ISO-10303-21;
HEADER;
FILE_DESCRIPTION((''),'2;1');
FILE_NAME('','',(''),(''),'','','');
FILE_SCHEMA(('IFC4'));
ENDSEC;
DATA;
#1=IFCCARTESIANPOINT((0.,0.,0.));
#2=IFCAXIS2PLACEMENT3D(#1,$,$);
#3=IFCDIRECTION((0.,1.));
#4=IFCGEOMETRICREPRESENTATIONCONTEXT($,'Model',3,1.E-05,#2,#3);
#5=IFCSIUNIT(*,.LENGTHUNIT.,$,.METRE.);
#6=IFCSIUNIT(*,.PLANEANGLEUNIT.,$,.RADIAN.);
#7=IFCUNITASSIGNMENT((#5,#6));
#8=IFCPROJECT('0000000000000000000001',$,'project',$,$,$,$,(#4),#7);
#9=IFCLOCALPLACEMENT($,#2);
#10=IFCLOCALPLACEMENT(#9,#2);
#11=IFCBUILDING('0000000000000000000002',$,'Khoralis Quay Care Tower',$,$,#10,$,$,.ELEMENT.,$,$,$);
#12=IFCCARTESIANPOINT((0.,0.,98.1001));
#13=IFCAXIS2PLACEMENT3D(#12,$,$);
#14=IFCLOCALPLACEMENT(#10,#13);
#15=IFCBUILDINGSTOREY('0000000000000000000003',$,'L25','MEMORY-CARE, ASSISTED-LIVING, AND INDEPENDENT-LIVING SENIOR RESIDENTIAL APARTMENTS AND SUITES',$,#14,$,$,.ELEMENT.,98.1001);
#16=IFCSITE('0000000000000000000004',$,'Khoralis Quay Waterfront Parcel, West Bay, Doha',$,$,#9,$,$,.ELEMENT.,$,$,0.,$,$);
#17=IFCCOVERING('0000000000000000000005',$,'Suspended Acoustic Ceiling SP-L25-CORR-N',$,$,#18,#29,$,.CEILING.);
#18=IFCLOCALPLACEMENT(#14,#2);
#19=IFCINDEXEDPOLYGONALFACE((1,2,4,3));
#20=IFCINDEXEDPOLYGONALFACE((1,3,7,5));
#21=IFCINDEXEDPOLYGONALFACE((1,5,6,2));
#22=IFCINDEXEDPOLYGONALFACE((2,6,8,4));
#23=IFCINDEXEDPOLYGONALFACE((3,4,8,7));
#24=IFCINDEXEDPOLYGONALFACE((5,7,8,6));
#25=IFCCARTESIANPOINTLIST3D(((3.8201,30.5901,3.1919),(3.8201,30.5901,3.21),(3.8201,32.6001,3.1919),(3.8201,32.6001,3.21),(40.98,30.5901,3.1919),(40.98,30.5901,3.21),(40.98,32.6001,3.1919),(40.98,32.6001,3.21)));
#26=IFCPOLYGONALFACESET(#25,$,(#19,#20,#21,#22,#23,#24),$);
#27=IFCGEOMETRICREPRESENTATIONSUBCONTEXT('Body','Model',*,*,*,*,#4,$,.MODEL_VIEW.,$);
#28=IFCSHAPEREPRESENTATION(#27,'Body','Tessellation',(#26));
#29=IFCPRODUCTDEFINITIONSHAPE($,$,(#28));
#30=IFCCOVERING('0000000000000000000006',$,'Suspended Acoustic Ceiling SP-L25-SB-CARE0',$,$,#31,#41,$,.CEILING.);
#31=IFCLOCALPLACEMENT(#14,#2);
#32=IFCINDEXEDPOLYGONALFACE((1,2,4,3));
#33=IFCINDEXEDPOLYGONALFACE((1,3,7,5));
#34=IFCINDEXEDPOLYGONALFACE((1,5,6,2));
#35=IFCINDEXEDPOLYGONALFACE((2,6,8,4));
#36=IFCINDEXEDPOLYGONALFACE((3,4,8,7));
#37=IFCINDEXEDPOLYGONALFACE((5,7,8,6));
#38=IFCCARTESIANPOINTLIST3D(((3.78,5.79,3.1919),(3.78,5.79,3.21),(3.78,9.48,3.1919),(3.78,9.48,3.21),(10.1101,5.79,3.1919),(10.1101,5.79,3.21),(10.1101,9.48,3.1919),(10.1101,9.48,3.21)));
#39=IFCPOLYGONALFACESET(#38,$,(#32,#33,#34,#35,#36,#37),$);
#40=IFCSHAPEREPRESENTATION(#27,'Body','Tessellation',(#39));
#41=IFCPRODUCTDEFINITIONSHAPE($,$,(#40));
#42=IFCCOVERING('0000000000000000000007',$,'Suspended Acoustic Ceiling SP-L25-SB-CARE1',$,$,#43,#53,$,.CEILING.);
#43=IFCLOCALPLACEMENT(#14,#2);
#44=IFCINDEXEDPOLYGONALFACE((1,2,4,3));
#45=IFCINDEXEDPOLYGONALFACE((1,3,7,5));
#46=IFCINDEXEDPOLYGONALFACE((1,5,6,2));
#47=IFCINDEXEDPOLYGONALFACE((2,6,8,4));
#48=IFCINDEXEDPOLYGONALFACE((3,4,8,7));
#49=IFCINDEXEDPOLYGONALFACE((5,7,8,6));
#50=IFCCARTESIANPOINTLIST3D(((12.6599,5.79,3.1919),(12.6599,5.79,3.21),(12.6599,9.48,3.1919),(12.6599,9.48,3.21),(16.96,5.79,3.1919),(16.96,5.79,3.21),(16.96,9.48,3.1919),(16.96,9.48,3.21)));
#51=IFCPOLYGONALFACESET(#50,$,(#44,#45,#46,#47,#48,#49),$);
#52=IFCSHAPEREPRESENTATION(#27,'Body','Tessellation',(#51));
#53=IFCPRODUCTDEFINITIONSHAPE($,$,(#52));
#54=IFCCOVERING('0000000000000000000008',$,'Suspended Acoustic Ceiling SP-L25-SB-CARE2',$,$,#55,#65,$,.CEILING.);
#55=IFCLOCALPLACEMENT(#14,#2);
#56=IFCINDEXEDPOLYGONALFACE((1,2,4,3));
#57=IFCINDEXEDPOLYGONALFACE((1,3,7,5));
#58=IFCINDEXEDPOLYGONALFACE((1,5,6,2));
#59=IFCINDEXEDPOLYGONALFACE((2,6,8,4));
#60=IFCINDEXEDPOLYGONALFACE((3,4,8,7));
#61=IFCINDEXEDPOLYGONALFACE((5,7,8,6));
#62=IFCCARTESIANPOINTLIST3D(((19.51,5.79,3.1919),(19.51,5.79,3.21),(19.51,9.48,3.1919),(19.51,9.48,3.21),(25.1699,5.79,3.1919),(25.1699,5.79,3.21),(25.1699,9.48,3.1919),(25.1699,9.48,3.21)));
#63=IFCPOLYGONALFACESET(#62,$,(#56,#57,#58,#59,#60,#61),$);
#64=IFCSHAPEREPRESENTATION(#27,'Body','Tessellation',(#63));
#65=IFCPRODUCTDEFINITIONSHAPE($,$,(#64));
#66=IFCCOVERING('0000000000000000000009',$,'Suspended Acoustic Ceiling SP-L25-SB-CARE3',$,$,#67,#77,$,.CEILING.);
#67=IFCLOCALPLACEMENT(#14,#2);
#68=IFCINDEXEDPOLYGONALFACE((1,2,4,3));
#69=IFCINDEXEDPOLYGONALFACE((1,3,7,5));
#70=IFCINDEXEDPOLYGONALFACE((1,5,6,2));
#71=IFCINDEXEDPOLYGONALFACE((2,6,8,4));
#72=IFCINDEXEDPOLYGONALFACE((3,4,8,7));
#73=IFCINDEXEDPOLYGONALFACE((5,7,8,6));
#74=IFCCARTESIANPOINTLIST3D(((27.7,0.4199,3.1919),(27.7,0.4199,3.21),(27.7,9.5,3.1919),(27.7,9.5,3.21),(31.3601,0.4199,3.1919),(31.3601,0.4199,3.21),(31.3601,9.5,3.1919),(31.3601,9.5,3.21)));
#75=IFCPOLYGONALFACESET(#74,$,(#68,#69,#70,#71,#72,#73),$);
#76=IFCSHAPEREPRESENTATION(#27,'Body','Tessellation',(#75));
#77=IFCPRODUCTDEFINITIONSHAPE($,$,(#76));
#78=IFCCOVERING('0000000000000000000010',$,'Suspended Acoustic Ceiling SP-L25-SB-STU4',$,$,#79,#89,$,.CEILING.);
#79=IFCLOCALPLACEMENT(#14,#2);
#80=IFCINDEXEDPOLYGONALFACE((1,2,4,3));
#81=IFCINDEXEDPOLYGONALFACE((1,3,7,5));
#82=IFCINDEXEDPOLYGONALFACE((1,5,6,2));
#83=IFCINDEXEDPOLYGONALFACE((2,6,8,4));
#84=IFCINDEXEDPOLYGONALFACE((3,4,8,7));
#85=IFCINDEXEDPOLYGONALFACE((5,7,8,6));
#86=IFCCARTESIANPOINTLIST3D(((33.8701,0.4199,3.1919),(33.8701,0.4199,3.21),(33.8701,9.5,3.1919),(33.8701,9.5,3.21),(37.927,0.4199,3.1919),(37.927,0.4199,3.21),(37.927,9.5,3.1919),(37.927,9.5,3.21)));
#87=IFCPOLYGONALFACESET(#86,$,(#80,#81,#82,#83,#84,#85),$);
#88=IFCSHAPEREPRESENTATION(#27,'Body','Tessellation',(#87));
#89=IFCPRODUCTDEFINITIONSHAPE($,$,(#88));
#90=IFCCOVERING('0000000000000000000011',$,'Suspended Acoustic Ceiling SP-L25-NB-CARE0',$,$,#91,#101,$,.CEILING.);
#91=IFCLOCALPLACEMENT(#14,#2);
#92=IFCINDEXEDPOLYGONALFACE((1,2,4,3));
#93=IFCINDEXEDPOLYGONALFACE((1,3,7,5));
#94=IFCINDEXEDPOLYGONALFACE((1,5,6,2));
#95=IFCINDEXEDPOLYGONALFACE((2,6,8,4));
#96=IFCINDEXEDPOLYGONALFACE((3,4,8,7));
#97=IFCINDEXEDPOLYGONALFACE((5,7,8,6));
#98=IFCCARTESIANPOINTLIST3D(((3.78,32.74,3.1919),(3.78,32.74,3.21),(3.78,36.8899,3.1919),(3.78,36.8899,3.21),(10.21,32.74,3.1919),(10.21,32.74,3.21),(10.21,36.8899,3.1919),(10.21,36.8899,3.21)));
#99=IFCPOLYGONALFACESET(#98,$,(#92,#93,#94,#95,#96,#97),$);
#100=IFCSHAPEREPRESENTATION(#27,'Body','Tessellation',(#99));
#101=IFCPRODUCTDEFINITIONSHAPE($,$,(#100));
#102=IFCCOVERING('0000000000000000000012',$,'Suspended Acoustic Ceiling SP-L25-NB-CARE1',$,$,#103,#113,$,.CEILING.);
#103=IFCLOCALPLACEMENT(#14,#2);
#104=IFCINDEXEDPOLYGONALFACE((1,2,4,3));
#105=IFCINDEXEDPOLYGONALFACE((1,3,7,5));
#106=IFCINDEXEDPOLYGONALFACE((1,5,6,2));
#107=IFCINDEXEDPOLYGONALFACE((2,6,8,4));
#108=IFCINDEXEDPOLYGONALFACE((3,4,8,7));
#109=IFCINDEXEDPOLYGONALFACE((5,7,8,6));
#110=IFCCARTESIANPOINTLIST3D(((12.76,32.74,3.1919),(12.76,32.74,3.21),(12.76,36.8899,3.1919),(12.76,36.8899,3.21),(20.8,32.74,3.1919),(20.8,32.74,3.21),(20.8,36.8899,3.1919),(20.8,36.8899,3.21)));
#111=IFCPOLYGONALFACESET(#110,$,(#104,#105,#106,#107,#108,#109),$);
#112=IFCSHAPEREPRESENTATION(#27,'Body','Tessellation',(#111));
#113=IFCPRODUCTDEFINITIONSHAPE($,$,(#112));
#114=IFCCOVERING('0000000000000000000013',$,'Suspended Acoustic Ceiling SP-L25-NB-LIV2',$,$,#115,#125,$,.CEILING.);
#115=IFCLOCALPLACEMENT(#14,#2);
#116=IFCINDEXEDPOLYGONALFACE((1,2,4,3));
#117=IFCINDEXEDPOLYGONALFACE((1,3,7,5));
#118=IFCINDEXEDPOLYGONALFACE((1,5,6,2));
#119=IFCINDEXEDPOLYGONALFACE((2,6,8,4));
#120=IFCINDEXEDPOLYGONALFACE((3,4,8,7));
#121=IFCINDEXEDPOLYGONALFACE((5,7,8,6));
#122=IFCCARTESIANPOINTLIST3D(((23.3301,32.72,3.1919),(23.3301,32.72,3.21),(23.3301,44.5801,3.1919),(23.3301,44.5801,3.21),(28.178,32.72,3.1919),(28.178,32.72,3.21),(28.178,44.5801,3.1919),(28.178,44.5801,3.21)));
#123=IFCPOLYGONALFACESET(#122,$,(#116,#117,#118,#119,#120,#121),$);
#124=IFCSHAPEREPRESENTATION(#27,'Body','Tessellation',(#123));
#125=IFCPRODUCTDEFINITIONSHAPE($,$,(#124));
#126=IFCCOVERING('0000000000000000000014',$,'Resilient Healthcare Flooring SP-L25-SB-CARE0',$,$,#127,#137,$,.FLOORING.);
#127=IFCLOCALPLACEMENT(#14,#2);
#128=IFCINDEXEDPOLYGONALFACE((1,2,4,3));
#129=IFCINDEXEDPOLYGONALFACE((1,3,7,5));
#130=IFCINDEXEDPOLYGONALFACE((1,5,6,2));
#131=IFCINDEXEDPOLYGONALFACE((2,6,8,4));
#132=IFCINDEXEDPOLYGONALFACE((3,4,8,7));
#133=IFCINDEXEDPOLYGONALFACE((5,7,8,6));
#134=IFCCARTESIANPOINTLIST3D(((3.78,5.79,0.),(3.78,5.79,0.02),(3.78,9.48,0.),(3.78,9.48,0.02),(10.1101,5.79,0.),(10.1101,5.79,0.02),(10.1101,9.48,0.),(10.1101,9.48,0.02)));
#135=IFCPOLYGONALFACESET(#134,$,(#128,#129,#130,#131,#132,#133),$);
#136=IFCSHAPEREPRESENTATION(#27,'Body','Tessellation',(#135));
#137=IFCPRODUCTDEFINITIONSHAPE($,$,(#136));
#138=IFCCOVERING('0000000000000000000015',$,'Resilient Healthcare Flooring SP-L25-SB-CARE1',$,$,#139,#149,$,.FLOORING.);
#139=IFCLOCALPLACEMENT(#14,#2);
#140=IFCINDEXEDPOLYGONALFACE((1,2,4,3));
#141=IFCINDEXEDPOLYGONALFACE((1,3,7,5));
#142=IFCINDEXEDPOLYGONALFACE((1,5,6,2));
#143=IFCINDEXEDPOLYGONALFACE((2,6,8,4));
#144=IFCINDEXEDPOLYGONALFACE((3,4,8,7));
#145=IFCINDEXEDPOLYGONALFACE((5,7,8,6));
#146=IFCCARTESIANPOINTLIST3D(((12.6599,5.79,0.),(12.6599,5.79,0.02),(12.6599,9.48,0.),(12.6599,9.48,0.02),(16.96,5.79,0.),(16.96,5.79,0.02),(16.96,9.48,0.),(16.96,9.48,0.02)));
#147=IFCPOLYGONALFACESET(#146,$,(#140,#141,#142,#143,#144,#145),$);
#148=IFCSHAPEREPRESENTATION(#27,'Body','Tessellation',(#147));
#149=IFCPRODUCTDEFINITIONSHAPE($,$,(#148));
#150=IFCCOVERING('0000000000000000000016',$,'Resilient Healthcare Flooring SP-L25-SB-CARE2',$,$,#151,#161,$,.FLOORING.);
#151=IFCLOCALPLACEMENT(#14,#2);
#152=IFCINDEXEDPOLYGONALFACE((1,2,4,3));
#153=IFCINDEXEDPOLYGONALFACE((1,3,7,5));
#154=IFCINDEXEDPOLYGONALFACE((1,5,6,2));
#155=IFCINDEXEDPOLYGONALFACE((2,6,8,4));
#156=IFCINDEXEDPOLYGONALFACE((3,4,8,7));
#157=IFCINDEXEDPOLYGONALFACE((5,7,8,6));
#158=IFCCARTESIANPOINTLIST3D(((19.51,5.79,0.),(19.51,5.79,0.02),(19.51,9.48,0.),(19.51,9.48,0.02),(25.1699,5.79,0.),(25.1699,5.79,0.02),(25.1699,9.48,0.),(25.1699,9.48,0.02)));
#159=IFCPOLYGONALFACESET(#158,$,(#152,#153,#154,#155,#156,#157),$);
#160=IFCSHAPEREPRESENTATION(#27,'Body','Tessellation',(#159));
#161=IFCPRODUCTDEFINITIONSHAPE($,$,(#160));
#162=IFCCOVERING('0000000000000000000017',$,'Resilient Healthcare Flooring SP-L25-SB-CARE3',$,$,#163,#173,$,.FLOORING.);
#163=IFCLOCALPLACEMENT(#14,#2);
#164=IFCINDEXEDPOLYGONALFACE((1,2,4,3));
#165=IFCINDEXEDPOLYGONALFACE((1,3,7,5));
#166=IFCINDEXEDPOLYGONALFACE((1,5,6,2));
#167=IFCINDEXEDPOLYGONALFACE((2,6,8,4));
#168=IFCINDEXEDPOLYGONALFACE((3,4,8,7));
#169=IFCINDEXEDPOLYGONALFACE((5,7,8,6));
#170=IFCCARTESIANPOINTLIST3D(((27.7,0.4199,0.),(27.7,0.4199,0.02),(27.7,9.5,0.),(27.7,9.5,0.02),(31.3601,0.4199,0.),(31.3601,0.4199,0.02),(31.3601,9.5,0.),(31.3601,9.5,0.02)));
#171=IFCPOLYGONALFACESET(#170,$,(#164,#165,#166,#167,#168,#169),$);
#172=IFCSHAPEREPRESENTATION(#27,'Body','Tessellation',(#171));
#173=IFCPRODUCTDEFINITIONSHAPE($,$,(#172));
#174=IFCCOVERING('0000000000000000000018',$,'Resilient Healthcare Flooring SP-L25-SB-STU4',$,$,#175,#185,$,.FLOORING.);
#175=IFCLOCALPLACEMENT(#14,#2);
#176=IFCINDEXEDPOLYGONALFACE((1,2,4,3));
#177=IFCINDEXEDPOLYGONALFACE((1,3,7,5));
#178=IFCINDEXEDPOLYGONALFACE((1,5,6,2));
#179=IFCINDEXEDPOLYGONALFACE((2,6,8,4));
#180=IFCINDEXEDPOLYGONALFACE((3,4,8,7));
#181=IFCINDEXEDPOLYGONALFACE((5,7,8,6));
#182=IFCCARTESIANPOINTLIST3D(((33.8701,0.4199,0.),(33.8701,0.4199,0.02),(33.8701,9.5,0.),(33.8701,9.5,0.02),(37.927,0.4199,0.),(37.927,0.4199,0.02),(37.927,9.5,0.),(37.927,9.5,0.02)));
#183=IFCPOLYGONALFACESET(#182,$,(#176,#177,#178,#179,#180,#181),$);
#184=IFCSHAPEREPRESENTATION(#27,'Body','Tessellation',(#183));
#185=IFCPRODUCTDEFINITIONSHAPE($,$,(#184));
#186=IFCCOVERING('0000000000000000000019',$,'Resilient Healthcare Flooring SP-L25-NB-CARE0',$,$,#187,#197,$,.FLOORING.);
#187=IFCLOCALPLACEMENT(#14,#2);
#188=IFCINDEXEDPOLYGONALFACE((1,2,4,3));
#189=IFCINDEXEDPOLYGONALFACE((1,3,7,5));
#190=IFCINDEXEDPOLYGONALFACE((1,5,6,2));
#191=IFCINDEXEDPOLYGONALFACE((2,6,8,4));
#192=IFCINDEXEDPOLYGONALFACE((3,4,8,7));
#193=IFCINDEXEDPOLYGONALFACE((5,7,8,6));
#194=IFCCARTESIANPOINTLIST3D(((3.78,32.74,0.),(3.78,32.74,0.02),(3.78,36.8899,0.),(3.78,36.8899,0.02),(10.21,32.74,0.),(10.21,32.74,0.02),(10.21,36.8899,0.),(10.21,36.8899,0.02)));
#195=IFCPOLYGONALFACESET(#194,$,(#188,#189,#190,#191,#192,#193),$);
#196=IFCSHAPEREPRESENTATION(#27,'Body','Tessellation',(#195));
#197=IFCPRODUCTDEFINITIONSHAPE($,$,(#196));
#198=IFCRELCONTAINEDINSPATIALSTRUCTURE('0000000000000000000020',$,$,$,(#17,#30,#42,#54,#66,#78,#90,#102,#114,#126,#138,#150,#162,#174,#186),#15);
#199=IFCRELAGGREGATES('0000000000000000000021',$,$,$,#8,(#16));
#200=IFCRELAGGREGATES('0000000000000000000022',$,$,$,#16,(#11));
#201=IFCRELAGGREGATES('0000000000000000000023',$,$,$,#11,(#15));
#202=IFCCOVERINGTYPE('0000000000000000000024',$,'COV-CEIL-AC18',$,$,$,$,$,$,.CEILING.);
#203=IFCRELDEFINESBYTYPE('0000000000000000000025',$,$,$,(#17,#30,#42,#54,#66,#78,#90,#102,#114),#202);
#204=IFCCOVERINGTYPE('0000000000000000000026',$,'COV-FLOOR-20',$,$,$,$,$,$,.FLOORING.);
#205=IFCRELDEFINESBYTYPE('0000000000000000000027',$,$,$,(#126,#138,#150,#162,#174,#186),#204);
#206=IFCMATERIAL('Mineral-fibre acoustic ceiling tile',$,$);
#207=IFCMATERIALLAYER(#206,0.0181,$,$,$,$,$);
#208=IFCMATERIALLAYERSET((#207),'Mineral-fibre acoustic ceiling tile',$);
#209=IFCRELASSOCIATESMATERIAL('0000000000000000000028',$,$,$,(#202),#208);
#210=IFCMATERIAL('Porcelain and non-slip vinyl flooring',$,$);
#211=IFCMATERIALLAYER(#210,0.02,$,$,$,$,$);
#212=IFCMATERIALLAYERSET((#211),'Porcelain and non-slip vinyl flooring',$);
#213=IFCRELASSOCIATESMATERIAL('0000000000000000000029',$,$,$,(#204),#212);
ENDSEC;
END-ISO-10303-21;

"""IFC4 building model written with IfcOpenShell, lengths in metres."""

from ifc_helpers import new_model, si_unit, direction, frame, origin, place, context, subcontext, project, spatial, polyline, outline, extrude, material, layer, layer_set, type_object, element, save


model = new_model("IFC4")

# Units and contexts
model_context = context("Model", 3, precision=1e-05, world=origin(), true_north=direction((0.0, 1.0)))
body_context = subcontext(model_context, "Body", "Model", "MODEL_VIEW")
ifc_project = project(units=[si_unit("LENGTHUNIT", "METRE"), si_unit("PLANEANGLEUNIT", "RADIAN")], contexts=[model_context])

# Site, building, storey
site_placement = place(None, origin())
site = spatial("IfcSite", under=ifc_project, at=site_placement, Name="Khoralis Quay Waterfront Parcel, West Bay, Doha", CompositionType="ELEMENT", RefElevation=0.0)
building_placement = place(site_placement, origin())
building = spatial("IfcBuilding", under=site, at=building_placement, Name="Khoralis Quay Care Tower", CompositionType="ELEMENT")
storey_placement = place(building_placement, frame((0.0, 0.0, 98.1001)))
storey = spatial("IfcBuildingStorey", under=building, at=storey_placement, Name="L25", Description="MEMORY-CARE, ASSISTED-LIVING, AND INDEPENDENT-LIVING SENIOR RESIDENTIAL APARTMENTS AND SUITES", CompositionType="ELEMENT", Elevation=98.1001)

# Coverings
ifc_material_1 = material(Name="Mineral-fibre acoustic ceiling tile")
ifc_layer_1 = layer(ifc_material_1, 0.0181)
ifc_layer_set_1 = layer_set([ifc_layer_1], Name="Mineral-fibre acoustic ceiling tile")
covering_type_1 = type_object("IfcCoveringType", Name="COV-CEIL-AC18", PredefinedType="CEILING", material=ifc_layer_set_1)
covering_1_placement = place(storey_placement, frame((0.0, 0.0, 3.1919)))
element("IfcCovering", 1, at=covering_1_placement, inside=storey, type_object=covering_type_1, Name="Suspended Acoustic Ceiling SP-L25-CORR-N", PredefinedType="CEILING", context=body_context, shape_type="SweptSolid", body=[
    extrude(outline(polyline([(3.8201, 30.5901), (40.98, 30.5901), (40.98, 32.6001), (3.8201, 32.6001), (3.8201, 30.5901)])), origin(), (0.0, 0.0, 1.0), 0.0181),
])
covering_2_placement = place(storey_placement, frame((0.0, 0.0, 3.1919)))
element("IfcCovering", 2, at=covering_2_placement, inside=storey, type_object=covering_type_1, Name="Suspended Acoustic Ceiling SP-L25-SB-CARE0", PredefinedType="CEILING", context=body_context, shape_type="SweptSolid", body=[
    extrude(outline(polyline([(3.78, 5.79), (10.1101, 5.79), (10.1101, 9.48), (3.78, 9.48), (3.78, 5.79)])), origin(), (0.0, 0.0, 1.0), 0.0181),
])
covering_3_placement = place(storey_placement, frame((0.0, 0.0, 3.1919)))
element("IfcCovering", 3, at=covering_3_placement, inside=storey, type_object=covering_type_1, Name="Suspended Acoustic Ceiling SP-L25-SB-CARE1", PredefinedType="CEILING", context=body_context, shape_type="SweptSolid", body=[
    extrude(outline(polyline([(12.6599, 5.79), (16.96, 5.79), (16.96, 9.48), (12.6599, 9.48), (12.6599, 5.79)])), origin(), (0.0, 0.0, 1.0), 0.0181),
])
covering_4_placement = place(storey_placement, frame((0.0, 0.0, 3.1919)))
element("IfcCovering", 4, at=covering_4_placement, inside=storey, type_object=covering_type_1, Name="Suspended Acoustic Ceiling SP-L25-SB-CARE2", PredefinedType="CEILING", context=body_context, shape_type="SweptSolid", body=[
    extrude(outline(polyline([(19.51, 5.79), (25.1699, 5.79), (25.1699, 9.48), (19.51, 9.48), (19.51, 5.79)])), origin(), (0.0, 0.0, 1.0), 0.0181),
])
covering_5_placement = place(storey_placement, frame((0.0, 0.0, 3.1919)))
element("IfcCovering", 5, at=covering_5_placement, inside=storey, type_object=covering_type_1, Name="Suspended Acoustic Ceiling SP-L25-SB-CARE3", PredefinedType="CEILING", context=body_context, shape_type="SweptSolid", body=[
    extrude(outline(polyline([(27.7, 0.4199), (31.3601, 0.4199), (31.3601, 9.5), (27.7, 9.5), (27.7, 0.4199)])), origin(), (0.0, 0.0, 1.0), 0.0181),
])
covering_6_placement = place(storey_placement, frame((0.0, 0.0, 3.1919)))
element("IfcCovering", 6, at=covering_6_placement, inside=storey, type_object=covering_type_1, Name="Suspended Acoustic Ceiling SP-L25-SB-STU4", PredefinedType="CEILING", context=body_context, shape_type="SweptSolid", body=[
    extrude(outline(polyline([(33.8701, 0.4199), (37.927, 0.4199), (37.927, 9.5), (33.8701, 9.5), (33.8701, 0.4199)])), origin(), (0.0, 0.0, 1.0), 0.0181),
])
covering_7_placement = place(storey_placement, frame((0.0, 0.0, 3.1919)))
element("IfcCovering", 7, at=covering_7_placement, inside=storey, type_object=covering_type_1, Name="Suspended Acoustic Ceiling SP-L25-NB-CARE0", PredefinedType="CEILING", context=body_context, shape_type="SweptSolid", body=[
    extrude(outline(polyline([(3.78, 32.74), (10.21, 32.74), (10.21, 36.8899), (3.78, 36.8899), (3.78, 32.74)])), origin(), (0.0, 0.0, 1.0), 0.0181),
])
covering_8_placement = place(storey_placement, frame((0.0, 0.0, 3.1919)))
element("IfcCovering", 8, at=covering_8_placement, inside=storey, type_object=covering_type_1, Name="Suspended Acoustic Ceiling SP-L25-NB-CARE1", PredefinedType="CEILING", context=body_context, shape_type="SweptSolid", body=[
    extrude(outline(polyline([(12.76, 32.74), (20.8, 32.74), (20.8, 36.8899), (12.76, 36.8899), (12.76, 32.74)])), origin(), (0.0, 0.0, 1.0), 0.0181),
])
covering_9_placement = place(storey_placement, frame((0.0, 0.0, 3.1919)))
element("IfcCovering", 9, at=covering_9_placement, inside=storey, type_object=covering_type_1, Name="Suspended Acoustic Ceiling SP-L25-NB-LIV2", PredefinedType="CEILING", context=body_context, shape_type="SweptSolid", body=[
    extrude(outline(polyline([(23.3301, 32.72), (28.178, 32.72), (28.178, 44.5801), (23.3301, 44.5801), (23.3301, 32.72)])), origin(), (0.0, 0.0, 1.0), 0.0181),
])
ifc_material_2 = material(Name="Porcelain and non-slip vinyl flooring")
ifc_layer_2 = layer(ifc_material_2, 0.02)
ifc_layer_set_2 = layer_set([ifc_layer_2], Name="Porcelain and non-slip vinyl flooring")
covering_type_2 = type_object("IfcCoveringType", Name="COV-FLOOR-20", PredefinedType="FLOORING", material=ifc_layer_set_2)
covering_10_placement = place(storey_placement, origin())
element("IfcCovering", 10, at=covering_10_placement, inside=storey, type_object=covering_type_2, Name="Resilient Healthcare Flooring SP-L25-SB-CARE0", PredefinedType="FLOORING", context=body_context, shape_type="SweptSolid", body=[
    extrude(outline(polyline([(3.78, 5.79), (10.1101, 5.79), (10.1101, 9.48), (3.78, 9.48), (3.78, 5.79)])), origin(), (0.0, 0.0, 1.0), 0.02),
])
covering_11_placement = place(storey_placement, origin())
element("IfcCovering", 11, at=covering_11_placement, inside=storey, type_object=covering_type_2, Name="Resilient Healthcare Flooring SP-L25-SB-CARE1", PredefinedType="FLOORING", context=body_context, shape_type="SweptSolid", body=[
    extrude(outline(polyline([(12.6599, 5.79), (16.96, 5.79), (16.96, 9.48), (12.6599, 9.48), (12.6599, 5.79)])), origin(), (0.0, 0.0, 1.0), 0.02),
])
covering_12_placement = place(storey_placement, origin())
element("IfcCovering", 12, at=covering_12_placement, inside=storey, type_object=covering_type_2, Name="Resilient Healthcare Flooring SP-L25-SB-CARE2", PredefinedType="FLOORING", context=body_context, shape_type="SweptSolid", body=[
    extrude(outline(polyline([(19.51, 5.79), (25.1699, 5.79), (25.1699, 9.48), (19.51, 9.48), (19.51, 5.79)])), origin(), (0.0, 0.0, 1.0), 0.02),
])
covering_13_placement = place(storey_placement, origin())
element("IfcCovering", 13, at=covering_13_placement, inside=storey, type_object=covering_type_2, Name="Resilient Healthcare Flooring SP-L25-SB-CARE3", PredefinedType="FLOORING", context=body_context, shape_type="SweptSolid", body=[
    extrude(outline(polyline([(27.7, 0.4199), (31.3601, 0.4199), (31.3601, 9.5), (27.7, 9.5), (27.7, 0.4199)])), origin(), (0.0, 0.0, 1.0), 0.02),
])
covering_14_placement = place(storey_placement, origin())
element("IfcCovering", 14, at=covering_14_placement, inside=storey, type_object=covering_type_2, Name="Resilient Healthcare Flooring SP-L25-SB-STU4", PredefinedType="FLOORING", context=body_context, shape_type="SweptSolid", body=[
    extrude(outline(polyline([(33.8701, 0.4199), (37.927, 0.4199), (37.927, 9.5), (33.8701, 9.5), (33.8701, 0.4199)])), origin(), (0.0, 0.0, 1.0), 0.02),
])
covering_15_placement = place(storey_placement, origin())
element("IfcCovering", 15, at=covering_15_placement, inside=storey, type_object=covering_type_2, Name="Resilient Healthcare Flooring SP-L25-NB-CARE0", PredefinedType="FLOORING", context=body_context, shape_type="SweptSolid", body=[
    extrude(outline(polyline([(3.78, 32.74), (10.21, 32.74), (10.21, 36.8899), (3.78, 36.8899), (3.78, 32.74)])), origin(), (0.0, 0.0, 1.0), 0.02),
])

save(model, "model.ifc")
